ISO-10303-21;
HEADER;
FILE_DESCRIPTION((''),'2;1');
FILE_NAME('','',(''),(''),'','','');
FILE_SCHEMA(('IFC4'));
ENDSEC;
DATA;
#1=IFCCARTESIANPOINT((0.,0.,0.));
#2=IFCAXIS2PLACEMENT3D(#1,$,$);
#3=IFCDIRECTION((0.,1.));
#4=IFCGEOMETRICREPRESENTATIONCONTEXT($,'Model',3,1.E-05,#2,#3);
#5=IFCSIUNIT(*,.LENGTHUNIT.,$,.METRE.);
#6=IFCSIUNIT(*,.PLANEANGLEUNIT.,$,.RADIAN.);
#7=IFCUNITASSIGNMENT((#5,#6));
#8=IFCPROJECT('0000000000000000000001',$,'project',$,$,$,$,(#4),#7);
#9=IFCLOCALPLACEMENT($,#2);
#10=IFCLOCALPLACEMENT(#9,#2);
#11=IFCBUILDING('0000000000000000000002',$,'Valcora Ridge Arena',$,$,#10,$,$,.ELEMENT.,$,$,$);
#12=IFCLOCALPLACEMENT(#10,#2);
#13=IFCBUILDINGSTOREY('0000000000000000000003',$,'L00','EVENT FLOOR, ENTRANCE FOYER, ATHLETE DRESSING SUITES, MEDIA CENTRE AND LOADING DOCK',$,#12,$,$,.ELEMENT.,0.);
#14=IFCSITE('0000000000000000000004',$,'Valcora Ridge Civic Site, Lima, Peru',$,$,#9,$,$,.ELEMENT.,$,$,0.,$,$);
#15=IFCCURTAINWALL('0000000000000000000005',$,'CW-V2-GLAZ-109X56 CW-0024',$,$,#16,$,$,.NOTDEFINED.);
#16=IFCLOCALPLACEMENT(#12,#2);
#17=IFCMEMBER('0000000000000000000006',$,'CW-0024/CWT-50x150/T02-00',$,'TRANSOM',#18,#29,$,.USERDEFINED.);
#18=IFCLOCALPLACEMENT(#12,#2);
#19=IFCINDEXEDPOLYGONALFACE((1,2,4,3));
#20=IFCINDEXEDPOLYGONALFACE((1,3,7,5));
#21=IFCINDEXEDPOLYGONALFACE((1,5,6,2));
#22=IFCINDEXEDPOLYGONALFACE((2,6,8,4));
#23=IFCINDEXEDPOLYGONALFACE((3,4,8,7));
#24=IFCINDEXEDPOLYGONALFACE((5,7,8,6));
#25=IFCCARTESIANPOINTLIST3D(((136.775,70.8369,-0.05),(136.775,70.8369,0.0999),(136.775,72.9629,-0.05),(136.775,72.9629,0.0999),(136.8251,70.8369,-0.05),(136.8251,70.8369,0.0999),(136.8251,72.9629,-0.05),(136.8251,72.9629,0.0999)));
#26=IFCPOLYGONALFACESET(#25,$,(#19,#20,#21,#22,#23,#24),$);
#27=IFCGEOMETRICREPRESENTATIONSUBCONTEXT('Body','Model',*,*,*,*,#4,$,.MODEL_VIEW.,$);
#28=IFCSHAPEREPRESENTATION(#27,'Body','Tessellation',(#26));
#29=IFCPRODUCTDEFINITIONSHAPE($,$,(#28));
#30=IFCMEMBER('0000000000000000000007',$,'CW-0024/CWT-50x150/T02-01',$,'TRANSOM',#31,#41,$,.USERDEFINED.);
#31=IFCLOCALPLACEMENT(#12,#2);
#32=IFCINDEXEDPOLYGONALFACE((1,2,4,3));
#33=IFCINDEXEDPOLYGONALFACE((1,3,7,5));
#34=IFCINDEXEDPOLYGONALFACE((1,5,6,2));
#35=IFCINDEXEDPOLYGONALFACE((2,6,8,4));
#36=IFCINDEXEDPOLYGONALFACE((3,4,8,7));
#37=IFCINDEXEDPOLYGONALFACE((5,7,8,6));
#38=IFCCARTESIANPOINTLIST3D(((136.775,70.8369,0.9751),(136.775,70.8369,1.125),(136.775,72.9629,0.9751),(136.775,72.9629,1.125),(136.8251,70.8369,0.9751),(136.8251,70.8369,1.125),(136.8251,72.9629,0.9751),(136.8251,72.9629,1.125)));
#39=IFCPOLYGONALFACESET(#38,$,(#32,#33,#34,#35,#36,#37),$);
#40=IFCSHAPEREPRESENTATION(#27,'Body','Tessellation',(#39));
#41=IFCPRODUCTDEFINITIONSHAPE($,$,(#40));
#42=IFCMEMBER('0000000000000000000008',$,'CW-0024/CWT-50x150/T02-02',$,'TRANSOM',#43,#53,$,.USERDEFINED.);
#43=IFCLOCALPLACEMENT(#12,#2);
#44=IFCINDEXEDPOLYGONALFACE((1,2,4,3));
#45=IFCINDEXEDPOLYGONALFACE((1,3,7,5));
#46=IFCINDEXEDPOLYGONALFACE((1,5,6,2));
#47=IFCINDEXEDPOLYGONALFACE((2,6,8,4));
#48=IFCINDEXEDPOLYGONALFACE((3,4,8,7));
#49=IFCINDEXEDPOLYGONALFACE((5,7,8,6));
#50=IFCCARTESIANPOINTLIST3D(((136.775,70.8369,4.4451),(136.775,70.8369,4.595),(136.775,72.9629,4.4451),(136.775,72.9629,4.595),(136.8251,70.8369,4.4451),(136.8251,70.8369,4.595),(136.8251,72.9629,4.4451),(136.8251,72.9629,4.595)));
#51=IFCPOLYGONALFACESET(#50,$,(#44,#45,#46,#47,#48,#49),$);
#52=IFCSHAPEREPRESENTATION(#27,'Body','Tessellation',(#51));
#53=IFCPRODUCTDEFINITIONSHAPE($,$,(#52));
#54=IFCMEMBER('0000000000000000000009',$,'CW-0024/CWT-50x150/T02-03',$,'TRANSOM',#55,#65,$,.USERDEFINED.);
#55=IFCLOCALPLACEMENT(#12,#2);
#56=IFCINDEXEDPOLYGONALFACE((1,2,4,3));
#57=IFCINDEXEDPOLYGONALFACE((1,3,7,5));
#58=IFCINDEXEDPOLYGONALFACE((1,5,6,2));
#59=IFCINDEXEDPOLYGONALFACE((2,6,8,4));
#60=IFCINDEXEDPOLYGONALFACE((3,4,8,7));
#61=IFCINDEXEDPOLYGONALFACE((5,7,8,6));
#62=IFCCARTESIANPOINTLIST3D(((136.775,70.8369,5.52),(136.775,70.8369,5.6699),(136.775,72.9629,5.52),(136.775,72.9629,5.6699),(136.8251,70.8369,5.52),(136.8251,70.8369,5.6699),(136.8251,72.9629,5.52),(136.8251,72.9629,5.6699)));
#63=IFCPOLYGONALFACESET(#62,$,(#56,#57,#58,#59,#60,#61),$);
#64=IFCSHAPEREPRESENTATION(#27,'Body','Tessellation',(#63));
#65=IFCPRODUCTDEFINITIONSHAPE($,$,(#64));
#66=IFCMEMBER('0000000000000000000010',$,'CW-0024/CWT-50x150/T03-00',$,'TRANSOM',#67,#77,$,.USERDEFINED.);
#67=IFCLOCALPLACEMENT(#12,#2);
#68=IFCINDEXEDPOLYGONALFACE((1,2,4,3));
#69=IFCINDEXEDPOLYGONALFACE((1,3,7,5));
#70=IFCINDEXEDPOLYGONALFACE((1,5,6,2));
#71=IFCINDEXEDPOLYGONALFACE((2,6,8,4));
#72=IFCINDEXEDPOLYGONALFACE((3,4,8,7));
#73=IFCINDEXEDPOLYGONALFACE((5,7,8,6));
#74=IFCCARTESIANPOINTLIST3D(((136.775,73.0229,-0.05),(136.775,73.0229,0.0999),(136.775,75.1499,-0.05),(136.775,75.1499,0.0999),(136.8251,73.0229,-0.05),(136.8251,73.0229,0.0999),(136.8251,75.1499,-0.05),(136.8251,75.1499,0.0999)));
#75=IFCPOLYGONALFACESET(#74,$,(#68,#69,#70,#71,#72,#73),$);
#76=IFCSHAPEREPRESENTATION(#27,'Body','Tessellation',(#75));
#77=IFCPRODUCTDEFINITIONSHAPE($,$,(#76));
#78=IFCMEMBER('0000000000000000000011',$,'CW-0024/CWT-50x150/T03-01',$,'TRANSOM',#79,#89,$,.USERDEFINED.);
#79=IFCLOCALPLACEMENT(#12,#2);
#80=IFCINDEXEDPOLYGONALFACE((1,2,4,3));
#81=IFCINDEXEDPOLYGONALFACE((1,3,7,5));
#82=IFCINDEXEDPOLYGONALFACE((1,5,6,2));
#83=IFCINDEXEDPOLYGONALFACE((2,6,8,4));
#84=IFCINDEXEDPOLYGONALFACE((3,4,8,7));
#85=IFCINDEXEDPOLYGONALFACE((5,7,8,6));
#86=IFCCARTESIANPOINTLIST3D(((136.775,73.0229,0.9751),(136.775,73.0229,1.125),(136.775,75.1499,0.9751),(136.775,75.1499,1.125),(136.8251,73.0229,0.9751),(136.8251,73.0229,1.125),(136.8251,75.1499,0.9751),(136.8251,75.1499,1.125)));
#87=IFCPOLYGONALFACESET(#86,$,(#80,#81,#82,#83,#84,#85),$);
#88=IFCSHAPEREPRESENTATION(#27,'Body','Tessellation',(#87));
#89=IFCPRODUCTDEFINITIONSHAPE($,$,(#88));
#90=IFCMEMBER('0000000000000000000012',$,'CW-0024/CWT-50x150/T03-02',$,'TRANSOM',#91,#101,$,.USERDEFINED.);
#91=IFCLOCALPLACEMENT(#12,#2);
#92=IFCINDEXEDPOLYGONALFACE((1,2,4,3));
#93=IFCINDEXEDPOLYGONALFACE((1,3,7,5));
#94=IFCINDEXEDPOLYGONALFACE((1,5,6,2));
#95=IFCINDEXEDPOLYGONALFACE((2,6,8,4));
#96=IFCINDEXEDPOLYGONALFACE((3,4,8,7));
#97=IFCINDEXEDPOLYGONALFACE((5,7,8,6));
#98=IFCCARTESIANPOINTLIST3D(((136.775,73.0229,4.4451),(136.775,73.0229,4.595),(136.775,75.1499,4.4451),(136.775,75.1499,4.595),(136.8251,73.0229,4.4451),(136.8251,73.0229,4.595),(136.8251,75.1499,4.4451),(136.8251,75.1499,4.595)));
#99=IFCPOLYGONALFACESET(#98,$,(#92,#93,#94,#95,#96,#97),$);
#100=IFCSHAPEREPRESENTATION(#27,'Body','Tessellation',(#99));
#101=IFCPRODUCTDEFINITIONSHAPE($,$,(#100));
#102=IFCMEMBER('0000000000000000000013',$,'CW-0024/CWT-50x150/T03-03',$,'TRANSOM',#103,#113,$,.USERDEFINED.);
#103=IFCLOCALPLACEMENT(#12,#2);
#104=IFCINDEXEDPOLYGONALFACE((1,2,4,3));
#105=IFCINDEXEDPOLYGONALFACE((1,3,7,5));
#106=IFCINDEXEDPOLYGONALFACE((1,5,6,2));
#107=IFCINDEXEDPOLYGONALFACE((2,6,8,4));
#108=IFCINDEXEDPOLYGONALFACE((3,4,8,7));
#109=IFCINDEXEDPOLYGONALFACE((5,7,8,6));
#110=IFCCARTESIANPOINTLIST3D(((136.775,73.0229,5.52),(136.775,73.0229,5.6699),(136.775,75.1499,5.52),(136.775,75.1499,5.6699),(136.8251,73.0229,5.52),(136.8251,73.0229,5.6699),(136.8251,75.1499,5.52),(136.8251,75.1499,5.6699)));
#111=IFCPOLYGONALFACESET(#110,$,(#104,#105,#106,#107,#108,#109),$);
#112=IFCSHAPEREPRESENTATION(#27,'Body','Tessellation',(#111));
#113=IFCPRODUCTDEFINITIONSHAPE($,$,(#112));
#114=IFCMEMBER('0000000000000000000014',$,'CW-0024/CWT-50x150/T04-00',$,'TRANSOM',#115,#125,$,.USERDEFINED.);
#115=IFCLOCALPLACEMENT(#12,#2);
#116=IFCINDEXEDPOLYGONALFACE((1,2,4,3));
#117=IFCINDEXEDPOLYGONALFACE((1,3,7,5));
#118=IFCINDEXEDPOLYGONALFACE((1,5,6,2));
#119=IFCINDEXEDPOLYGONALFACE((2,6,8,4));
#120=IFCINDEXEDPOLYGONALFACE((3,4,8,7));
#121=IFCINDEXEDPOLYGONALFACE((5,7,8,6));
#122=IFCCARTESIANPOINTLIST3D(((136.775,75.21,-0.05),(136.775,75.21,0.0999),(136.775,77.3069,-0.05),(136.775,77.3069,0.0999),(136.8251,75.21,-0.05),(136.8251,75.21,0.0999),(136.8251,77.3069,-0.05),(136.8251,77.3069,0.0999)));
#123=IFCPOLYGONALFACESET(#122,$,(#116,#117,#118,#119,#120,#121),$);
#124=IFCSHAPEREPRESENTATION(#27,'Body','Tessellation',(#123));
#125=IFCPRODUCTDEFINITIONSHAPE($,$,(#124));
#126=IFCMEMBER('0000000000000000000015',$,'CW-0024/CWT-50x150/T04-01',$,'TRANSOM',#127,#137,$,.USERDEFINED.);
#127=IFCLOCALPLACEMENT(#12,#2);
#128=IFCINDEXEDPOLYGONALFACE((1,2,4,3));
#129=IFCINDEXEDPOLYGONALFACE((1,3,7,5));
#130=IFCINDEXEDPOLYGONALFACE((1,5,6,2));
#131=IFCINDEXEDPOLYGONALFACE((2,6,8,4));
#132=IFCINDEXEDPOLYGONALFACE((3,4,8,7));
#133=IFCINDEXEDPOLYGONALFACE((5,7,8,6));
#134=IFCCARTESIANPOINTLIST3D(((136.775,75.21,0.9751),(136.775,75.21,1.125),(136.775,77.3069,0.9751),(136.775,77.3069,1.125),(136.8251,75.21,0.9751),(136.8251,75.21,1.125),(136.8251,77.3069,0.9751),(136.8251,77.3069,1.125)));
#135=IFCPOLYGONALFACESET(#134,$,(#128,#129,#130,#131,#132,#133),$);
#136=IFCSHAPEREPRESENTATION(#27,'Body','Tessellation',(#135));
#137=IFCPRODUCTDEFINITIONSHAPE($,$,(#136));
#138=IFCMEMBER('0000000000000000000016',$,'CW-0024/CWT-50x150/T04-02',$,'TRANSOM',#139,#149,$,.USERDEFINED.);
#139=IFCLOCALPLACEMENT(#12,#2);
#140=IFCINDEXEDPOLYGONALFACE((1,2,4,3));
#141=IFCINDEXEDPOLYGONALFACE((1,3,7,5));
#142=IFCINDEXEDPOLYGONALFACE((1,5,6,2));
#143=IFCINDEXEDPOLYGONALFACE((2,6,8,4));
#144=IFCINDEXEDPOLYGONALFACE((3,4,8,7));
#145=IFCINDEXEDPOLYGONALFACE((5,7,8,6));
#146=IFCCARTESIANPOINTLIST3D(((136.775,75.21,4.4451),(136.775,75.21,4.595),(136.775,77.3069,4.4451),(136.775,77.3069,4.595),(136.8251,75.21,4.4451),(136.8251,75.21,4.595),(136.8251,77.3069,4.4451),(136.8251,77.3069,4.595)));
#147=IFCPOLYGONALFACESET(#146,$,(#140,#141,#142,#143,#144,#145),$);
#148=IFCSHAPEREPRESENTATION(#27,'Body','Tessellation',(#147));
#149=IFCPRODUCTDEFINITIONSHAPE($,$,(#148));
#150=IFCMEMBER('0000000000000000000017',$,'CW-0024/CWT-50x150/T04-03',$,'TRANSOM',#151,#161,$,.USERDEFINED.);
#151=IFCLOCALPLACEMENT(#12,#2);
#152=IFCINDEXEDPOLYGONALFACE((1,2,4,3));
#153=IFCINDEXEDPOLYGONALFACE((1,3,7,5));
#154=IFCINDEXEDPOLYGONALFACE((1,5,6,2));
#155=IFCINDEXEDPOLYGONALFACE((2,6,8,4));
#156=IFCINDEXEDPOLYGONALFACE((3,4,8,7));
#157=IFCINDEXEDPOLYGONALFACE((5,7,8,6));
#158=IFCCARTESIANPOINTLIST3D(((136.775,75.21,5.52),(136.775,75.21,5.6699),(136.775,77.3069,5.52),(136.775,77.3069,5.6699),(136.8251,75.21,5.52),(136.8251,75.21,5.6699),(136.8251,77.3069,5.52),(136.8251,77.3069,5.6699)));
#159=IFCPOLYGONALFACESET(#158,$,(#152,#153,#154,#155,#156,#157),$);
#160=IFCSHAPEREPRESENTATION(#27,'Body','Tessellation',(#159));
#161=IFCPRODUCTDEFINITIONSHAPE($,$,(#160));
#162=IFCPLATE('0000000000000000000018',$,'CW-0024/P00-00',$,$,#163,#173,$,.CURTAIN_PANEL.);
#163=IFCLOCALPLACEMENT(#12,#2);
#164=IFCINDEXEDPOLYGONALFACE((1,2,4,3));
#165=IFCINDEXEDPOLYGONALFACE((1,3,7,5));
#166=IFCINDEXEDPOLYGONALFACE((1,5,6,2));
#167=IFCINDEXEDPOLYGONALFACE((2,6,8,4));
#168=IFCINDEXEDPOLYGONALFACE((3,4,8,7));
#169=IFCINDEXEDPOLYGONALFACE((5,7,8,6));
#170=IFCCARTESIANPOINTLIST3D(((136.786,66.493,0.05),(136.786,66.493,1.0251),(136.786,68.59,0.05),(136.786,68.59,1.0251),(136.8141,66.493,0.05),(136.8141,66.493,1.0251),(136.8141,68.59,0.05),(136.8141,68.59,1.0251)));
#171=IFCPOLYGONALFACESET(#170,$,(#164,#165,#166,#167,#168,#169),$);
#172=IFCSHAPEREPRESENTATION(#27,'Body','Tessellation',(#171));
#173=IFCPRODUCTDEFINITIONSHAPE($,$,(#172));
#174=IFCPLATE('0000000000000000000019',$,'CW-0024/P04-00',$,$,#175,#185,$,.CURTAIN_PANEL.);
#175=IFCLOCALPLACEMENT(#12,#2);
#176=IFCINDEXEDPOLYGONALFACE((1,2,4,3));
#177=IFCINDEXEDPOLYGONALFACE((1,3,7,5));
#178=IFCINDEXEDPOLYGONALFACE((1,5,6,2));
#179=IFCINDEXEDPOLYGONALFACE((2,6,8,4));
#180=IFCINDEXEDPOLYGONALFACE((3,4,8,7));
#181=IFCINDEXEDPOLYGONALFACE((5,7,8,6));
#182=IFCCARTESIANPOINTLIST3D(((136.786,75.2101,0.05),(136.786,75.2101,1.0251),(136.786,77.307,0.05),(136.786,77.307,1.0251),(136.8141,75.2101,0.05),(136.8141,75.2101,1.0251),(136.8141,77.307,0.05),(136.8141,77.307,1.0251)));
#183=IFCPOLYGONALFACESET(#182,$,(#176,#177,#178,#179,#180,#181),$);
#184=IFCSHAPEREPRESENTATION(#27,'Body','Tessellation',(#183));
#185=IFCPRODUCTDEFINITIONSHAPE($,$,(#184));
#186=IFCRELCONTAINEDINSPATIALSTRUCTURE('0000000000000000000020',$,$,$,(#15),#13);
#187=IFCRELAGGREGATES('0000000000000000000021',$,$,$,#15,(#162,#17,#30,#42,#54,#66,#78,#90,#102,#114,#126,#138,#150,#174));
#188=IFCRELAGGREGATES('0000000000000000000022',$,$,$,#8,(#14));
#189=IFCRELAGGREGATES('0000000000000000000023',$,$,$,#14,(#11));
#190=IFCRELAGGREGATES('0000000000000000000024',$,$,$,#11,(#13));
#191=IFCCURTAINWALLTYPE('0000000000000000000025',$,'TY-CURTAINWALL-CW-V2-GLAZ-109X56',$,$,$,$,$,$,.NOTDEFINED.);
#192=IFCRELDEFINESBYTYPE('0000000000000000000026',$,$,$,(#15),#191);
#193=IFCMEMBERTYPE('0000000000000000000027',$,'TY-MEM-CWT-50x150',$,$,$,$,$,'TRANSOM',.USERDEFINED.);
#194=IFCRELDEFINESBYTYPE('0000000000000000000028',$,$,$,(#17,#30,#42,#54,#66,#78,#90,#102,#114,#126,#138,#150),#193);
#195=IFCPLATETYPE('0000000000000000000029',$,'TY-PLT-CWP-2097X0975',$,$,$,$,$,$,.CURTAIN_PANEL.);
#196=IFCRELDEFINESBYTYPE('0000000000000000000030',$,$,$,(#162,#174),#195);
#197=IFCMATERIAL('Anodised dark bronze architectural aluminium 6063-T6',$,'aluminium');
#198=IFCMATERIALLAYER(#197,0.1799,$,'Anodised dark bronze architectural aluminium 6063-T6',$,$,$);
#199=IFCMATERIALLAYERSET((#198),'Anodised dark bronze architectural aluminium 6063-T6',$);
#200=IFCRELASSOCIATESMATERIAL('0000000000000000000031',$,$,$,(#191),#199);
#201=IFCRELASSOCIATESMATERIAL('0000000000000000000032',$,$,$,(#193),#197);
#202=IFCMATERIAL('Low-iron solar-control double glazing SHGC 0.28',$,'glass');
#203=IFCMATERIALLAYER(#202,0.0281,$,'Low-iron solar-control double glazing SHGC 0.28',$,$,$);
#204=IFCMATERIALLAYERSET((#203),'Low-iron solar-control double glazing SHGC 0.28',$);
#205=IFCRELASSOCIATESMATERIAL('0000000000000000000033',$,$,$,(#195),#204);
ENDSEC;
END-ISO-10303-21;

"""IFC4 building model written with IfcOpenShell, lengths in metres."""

from ifc_helpers import new_model, si_unit, direction, frame, origin, origin_2d, place, context, subcontext, project, spatial, rectangle, extrude, material, layer, layer_set, material_profile, profile_set, type_object, element, aggregate, save


model = new_model("IFC4")

# Units and contexts
model_context = context("Model", 3, precision=1e-05, world=origin(), true_north=direction((0.0, 1.0)))
body_context = subcontext(model_context, "Body", "Model", "MODEL_VIEW")
ifc_project = project(units=[si_unit("LENGTHUNIT", "METRE"), si_unit("PLANEANGLEUNIT", "RADIAN")], contexts=[model_context])

# Site, building, storey
site_placement = place(None, origin())
site = spatial("IfcSite", under=ifc_project, at=site_placement, Name="Valcora Ridge Civic Site, Lima, Peru", CompositionType="ELEMENT", RefElevation=0.0)
building_placement = place(site_placement, origin())
building = spatial("IfcBuilding", under=site, at=building_placement, Name="Valcora Ridge Arena", CompositionType="ELEMENT")
storey_placement = place(building_placement, origin())
storey = spatial("IfcBuildingStorey", under=building, at=storey_placement, Name="L00", Description="EVENT FLOOR, ENTRANCE FOYER, ATHLETE DRESSING SUITES, MEDIA CENTRE AND LOADING DOCK", CompositionType="ELEMENT", Elevation=0.0)

# Curtain wall, members, plates
ifc_material_1 = material(Name="Anodised dark bronze architectural aluminium 6063-T6", Category="aluminium")
ifc_layer_1 = layer(ifc_material_1, 0.1799, Name="Anodised dark bronze architectural aluminium 6063-T6")
ifc_layer_set_1 = layer_set([ifc_layer_1], Name="Anodised dark bronze architectural aluminium 6063-T6")
curtain_wall_type = type_object("IfcCurtainWallType", Name="TY-CURTAINWALL-CW-V2-GLAZ-109X56", PredefinedType="NOTDEFINED", material=ifc_layer_set_1)
curtain_wall_placement = place(storey_placement, origin())
curtain_wall = element("IfcCurtainWall", 1, at=curtain_wall_placement, inside=storey, type_object=curtain_wall_type, Name="CW-V2-GLAZ-109X56 CW-0024", PredefinedType="NOTDEFINED")
ifc_material_profile_1 = material_profile(ifc_material_1, rectangle(XDim=0.05, YDim=0.1499, at=origin_2d()), Name="ALU TRANSOM 50x150")
ifc_profile_set_1 = profile_set([ifc_material_profile_1], Name="Anodised dark bronze architectural aluminium 6063-T6")
member_type_1 = type_object("IfcMemberType", Name="TY-MEM-CWT-50x150", ElementType="TRANSOM", PredefinedType="USERDEFINED", material=ifc_profile_set_1)
member_1_placement = place(storey_placement, frame((136.8, 70.8369, 0.0249), z_axis=(0.0, 1.0, 0.0), x_axis=(-1.0, 0.0, 0.0)))
member_1 = element("IfcMember", 2, at=member_1_placement, type_object=member_type_1, Name="CW-0024/CWT-50x150/T02-00", ObjectType="TRANSOM", PredefinedType="USERDEFINED", context=body_context, shape_type="SweptSolid", body=[
    extrude(rectangle(XDim=0.05, YDim=0.1499, at=origin_2d()), origin(), (0.0, 0.0, 1.0), 2.126),
])
member_2_placement = place(storey_placement, frame((136.8, 70.8369, 1.05), z_axis=(0.0, 1.0, 0.0), x_axis=(-1.0, 0.0, 0.0)))
member_2 = element("IfcMember", 3, at=member_2_placement, type_object=member_type_1, Name="CW-0024/CWT-50x150/T02-01", ObjectType="TRANSOM", PredefinedType="USERDEFINED", context=body_context, shape_type="SweptSolid", body=[
    extrude(rectangle(XDim=0.05, YDim=0.1499, at=origin_2d()), origin(), (0.0, 0.0, 1.0), 2.126),
])
member_3_placement = place(storey_placement, frame((136.8, 70.8369, 4.52), z_axis=(0.0, 1.0, 0.0), x_axis=(-1.0, 0.0, 0.0)))
member_3 = element("IfcMember", 4, at=member_3_placement, type_object=member_type_1, Name="CW-0024/CWT-50x150/T02-02", ObjectType="TRANSOM", PredefinedType="USERDEFINED", context=body_context, shape_type="SweptSolid", body=[
    extrude(rectangle(XDim=0.05, YDim=0.1499, at=origin_2d()), origin(), (0.0, 0.0, 1.0), 2.126),
])
member_4_placement = place(storey_placement, frame((136.8, 70.8369, 5.595), z_axis=(0.0, 1.0, 0.0), x_axis=(-1.0, 0.0, 0.0)))
member_4 = element("IfcMember", 5, at=member_4_placement, type_object=member_type_1, Name="CW-0024/CWT-50x150/T02-03", ObjectType="TRANSOM", PredefinedType="USERDEFINED", context=body_context, shape_type="SweptSolid", body=[
    extrude(rectangle(XDim=0.05, YDim=0.1499, at=origin_2d()), origin(), (0.0, 0.0, 1.0), 2.126),
])
member_5_placement = place(storey_placement, frame((136.8, 73.0229, 0.0249), z_axis=(0.0, 1.0, 0.0), x_axis=(-1.0, 0.0, 0.0)))
member_5 = element("IfcMember", 6, at=member_5_placement, type_object=member_type_1, Name="CW-0024/CWT-50x150/T03-00", ObjectType="TRANSOM", PredefinedType="USERDEFINED", context=body_context, shape_type="SweptSolid", body=[
    extrude(rectangle(XDim=0.05, YDim=0.1499, at=origin_2d()), origin(), (0.0, 0.0, 1.0), 2.127),
])
member_6_placement = place(storey_placement, frame((136.8, 73.0229, 1.05), z_axis=(0.0, 1.0, 0.0), x_axis=(-1.0, 0.0, 0.0)))
member_6 = element("IfcMember", 7, at=member_6_placement, type_object=member_type_1, Name="CW-0024/CWT-50x150/T03-01", ObjectType="TRANSOM", PredefinedType="USERDEFINED", context=body_context, shape_type="SweptSolid", body=[
    extrude(rectangle(XDim=0.05, YDim=0.1499, at=origin_2d()), origin(), (0.0, 0.0, 1.0), 2.127),
])
member_7_placement = place(storey_placement, frame((136.8, 73.0229, 4.52), z_axis=(0.0, 1.0, 0.0), x_axis=(-1.0, 0.0, 0.0)))
member_7 = element("IfcMember", 8, at=member_7_placement, type_object=member_type_1, Name="CW-0024/CWT-50x150/T03-02", ObjectType="TRANSOM", PredefinedType="USERDEFINED", context=body_context, shape_type="SweptSolid", body=[
    extrude(rectangle(XDim=0.05, YDim=0.1499, at=origin_2d()), origin(), (0.0, 0.0, 1.0), 2.127),
])
member_8_placement = place(storey_placement, frame((136.8, 73.0229, 5.595), z_axis=(0.0, 1.0, 0.0), x_axis=(-1.0, 0.0, 0.0)))
member_8 = element("IfcMember", 9, at=member_8_placement, type_object=member_type_1, Name="CW-0024/CWT-50x150/T03-03", ObjectType="TRANSOM", PredefinedType="USERDEFINED", context=body_context, shape_type="SweptSolid", body=[
    extrude(rectangle(XDim=0.05, YDim=0.1499, at=origin_2d()), origin(), (0.0, 0.0, 1.0), 2.127),
])
member_9_placement = place(storey_placement, frame((136.8, 75.21, 0.0249), z_axis=(0.0, 1.0, 0.0), x_axis=(-1.0, 0.0, 0.0)))
member_9 = element("IfcMember", 10, at=member_9_placement, type_object=member_type_1, Name="CW-0024/CWT-50x150/T04-00", ObjectType="TRANSOM", PredefinedType="USERDEFINED", context=body_context, shape_type="SweptSolid", body=[
    extrude(rectangle(XDim=0.05, YDim=0.1499, at=origin_2d()), origin(), (0.0, 0.0, 1.0), 2.0969),
])
member_10_placement = place(storey_placement, frame((136.8, 75.21, 1.05), z_axis=(0.0, 1.0, 0.0), x_axis=(-1.0, 0.0, 0.0)))
member_10 = element("IfcMember", 11, at=member_10_placement, type_object=member_type_1, Name="CW-0024/CWT-50x150/T04-01", ObjectType="TRANSOM", PredefinedType="USERDEFINED", context=body_context, shape_type="SweptSolid", body=[
    extrude(rectangle(XDim=0.05, YDim=0.1499, at=origin_2d()), origin(), (0.0, 0.0, 1.0), 2.0969),
])
member_11_placement = place(storey_placement, frame((136.8, 75.21, 4.52), z_axis=(0.0, 1.0, 0.0), x_axis=(-1.0, 0.0, 0.0)))
member_11 = element("IfcMember", 12, at=member_11_placement, type_object=member_type_1, Name="CW-0024/CWT-50x150/T04-02", ObjectType="TRANSOM", PredefinedType="USERDEFINED", context=body_context, shape_type="SweptSolid", body=[
    extrude(rectangle(XDim=0.05, YDim=0.1499, at=origin_2d()), origin(), (0.0, 0.0, 1.0), 2.0969),
])
member_12_placement = place(storey_placement, frame((136.8, 75.21, 5.595), z_axis=(0.0, 1.0, 0.0), x_axis=(-1.0, 0.0, 0.0)))
member_12 = element("IfcMember", 13, at=member_12_placement, type_object=member_type_1, Name="CW-0024/CWT-50x150/T04-03", ObjectType="TRANSOM", PredefinedType="USERDEFINED", context=body_context, shape_type="SweptSolid", body=[
    extrude(rectangle(XDim=0.05, YDim=0.1499, at=origin_2d()), origin(), (0.0, 0.0, 1.0), 2.0969),
])
ifc_material_2 = material(Name="Low-iron solar-control double glazing SHGC 0.28", Category="glass")
ifc_layer_2 = layer(ifc_material_2, 0.0281, Name="Low-iron solar-control double glazing SHGC 0.28")
ifc_layer_set_2 = layer_set([ifc_layer_2], Name="Low-iron solar-control double glazing SHGC 0.28")
plate_type_1 = type_object("IfcPlateType", Name="TY-PLT-CWP-2097X0975", PredefinedType="CURTAIN_PANEL", material=ifc_layer_set_2)
plate_1_placement = place(storey_placement, frame((136.8, 67.5415, 0.05), z_axis=(0.0, 0.0, 1.0), x_axis=(0.0, 1.0, 0.0)))
plate_1 = element("IfcPlate", 14, at=plate_1_placement, type_object=plate_type_1, Name="CW-0024/P00-00", PredefinedType="CURTAIN_PANEL", context=body_context, shape_type="SweptSolid", body=[
    extrude(rectangle(XDim=2.0969, YDim=0.0281, at=origin_2d()), origin(), (0.0, 0.0, 1.0), 0.9751),
])
plate_2_placement = place(storey_placement, frame((136.8, 76.2585, 0.05), z_axis=(0.0, 0.0, 1.0), x_axis=(0.0, 1.0, 0.0)))
plate_2 = element("IfcPlate", 15, at=plate_2_placement, type_object=plate_type_1, Name="CW-0024/P04-00", PredefinedType="CURTAIN_PANEL", context=body_context, shape_type="SweptSolid", body=[
    extrude(rectangle(XDim=2.0969, YDim=0.0281, at=origin_2d()), origin(), (0.0, 0.0, 1.0), 0.9751),
])
aggregate(curtain_wall, [plate_1, member_1, member_2, member_3, member_4, member_5, member_6, member_7, member_8, member_9, member_10, member_11, member_12, plate_2])

save(model, "model.ifc")
